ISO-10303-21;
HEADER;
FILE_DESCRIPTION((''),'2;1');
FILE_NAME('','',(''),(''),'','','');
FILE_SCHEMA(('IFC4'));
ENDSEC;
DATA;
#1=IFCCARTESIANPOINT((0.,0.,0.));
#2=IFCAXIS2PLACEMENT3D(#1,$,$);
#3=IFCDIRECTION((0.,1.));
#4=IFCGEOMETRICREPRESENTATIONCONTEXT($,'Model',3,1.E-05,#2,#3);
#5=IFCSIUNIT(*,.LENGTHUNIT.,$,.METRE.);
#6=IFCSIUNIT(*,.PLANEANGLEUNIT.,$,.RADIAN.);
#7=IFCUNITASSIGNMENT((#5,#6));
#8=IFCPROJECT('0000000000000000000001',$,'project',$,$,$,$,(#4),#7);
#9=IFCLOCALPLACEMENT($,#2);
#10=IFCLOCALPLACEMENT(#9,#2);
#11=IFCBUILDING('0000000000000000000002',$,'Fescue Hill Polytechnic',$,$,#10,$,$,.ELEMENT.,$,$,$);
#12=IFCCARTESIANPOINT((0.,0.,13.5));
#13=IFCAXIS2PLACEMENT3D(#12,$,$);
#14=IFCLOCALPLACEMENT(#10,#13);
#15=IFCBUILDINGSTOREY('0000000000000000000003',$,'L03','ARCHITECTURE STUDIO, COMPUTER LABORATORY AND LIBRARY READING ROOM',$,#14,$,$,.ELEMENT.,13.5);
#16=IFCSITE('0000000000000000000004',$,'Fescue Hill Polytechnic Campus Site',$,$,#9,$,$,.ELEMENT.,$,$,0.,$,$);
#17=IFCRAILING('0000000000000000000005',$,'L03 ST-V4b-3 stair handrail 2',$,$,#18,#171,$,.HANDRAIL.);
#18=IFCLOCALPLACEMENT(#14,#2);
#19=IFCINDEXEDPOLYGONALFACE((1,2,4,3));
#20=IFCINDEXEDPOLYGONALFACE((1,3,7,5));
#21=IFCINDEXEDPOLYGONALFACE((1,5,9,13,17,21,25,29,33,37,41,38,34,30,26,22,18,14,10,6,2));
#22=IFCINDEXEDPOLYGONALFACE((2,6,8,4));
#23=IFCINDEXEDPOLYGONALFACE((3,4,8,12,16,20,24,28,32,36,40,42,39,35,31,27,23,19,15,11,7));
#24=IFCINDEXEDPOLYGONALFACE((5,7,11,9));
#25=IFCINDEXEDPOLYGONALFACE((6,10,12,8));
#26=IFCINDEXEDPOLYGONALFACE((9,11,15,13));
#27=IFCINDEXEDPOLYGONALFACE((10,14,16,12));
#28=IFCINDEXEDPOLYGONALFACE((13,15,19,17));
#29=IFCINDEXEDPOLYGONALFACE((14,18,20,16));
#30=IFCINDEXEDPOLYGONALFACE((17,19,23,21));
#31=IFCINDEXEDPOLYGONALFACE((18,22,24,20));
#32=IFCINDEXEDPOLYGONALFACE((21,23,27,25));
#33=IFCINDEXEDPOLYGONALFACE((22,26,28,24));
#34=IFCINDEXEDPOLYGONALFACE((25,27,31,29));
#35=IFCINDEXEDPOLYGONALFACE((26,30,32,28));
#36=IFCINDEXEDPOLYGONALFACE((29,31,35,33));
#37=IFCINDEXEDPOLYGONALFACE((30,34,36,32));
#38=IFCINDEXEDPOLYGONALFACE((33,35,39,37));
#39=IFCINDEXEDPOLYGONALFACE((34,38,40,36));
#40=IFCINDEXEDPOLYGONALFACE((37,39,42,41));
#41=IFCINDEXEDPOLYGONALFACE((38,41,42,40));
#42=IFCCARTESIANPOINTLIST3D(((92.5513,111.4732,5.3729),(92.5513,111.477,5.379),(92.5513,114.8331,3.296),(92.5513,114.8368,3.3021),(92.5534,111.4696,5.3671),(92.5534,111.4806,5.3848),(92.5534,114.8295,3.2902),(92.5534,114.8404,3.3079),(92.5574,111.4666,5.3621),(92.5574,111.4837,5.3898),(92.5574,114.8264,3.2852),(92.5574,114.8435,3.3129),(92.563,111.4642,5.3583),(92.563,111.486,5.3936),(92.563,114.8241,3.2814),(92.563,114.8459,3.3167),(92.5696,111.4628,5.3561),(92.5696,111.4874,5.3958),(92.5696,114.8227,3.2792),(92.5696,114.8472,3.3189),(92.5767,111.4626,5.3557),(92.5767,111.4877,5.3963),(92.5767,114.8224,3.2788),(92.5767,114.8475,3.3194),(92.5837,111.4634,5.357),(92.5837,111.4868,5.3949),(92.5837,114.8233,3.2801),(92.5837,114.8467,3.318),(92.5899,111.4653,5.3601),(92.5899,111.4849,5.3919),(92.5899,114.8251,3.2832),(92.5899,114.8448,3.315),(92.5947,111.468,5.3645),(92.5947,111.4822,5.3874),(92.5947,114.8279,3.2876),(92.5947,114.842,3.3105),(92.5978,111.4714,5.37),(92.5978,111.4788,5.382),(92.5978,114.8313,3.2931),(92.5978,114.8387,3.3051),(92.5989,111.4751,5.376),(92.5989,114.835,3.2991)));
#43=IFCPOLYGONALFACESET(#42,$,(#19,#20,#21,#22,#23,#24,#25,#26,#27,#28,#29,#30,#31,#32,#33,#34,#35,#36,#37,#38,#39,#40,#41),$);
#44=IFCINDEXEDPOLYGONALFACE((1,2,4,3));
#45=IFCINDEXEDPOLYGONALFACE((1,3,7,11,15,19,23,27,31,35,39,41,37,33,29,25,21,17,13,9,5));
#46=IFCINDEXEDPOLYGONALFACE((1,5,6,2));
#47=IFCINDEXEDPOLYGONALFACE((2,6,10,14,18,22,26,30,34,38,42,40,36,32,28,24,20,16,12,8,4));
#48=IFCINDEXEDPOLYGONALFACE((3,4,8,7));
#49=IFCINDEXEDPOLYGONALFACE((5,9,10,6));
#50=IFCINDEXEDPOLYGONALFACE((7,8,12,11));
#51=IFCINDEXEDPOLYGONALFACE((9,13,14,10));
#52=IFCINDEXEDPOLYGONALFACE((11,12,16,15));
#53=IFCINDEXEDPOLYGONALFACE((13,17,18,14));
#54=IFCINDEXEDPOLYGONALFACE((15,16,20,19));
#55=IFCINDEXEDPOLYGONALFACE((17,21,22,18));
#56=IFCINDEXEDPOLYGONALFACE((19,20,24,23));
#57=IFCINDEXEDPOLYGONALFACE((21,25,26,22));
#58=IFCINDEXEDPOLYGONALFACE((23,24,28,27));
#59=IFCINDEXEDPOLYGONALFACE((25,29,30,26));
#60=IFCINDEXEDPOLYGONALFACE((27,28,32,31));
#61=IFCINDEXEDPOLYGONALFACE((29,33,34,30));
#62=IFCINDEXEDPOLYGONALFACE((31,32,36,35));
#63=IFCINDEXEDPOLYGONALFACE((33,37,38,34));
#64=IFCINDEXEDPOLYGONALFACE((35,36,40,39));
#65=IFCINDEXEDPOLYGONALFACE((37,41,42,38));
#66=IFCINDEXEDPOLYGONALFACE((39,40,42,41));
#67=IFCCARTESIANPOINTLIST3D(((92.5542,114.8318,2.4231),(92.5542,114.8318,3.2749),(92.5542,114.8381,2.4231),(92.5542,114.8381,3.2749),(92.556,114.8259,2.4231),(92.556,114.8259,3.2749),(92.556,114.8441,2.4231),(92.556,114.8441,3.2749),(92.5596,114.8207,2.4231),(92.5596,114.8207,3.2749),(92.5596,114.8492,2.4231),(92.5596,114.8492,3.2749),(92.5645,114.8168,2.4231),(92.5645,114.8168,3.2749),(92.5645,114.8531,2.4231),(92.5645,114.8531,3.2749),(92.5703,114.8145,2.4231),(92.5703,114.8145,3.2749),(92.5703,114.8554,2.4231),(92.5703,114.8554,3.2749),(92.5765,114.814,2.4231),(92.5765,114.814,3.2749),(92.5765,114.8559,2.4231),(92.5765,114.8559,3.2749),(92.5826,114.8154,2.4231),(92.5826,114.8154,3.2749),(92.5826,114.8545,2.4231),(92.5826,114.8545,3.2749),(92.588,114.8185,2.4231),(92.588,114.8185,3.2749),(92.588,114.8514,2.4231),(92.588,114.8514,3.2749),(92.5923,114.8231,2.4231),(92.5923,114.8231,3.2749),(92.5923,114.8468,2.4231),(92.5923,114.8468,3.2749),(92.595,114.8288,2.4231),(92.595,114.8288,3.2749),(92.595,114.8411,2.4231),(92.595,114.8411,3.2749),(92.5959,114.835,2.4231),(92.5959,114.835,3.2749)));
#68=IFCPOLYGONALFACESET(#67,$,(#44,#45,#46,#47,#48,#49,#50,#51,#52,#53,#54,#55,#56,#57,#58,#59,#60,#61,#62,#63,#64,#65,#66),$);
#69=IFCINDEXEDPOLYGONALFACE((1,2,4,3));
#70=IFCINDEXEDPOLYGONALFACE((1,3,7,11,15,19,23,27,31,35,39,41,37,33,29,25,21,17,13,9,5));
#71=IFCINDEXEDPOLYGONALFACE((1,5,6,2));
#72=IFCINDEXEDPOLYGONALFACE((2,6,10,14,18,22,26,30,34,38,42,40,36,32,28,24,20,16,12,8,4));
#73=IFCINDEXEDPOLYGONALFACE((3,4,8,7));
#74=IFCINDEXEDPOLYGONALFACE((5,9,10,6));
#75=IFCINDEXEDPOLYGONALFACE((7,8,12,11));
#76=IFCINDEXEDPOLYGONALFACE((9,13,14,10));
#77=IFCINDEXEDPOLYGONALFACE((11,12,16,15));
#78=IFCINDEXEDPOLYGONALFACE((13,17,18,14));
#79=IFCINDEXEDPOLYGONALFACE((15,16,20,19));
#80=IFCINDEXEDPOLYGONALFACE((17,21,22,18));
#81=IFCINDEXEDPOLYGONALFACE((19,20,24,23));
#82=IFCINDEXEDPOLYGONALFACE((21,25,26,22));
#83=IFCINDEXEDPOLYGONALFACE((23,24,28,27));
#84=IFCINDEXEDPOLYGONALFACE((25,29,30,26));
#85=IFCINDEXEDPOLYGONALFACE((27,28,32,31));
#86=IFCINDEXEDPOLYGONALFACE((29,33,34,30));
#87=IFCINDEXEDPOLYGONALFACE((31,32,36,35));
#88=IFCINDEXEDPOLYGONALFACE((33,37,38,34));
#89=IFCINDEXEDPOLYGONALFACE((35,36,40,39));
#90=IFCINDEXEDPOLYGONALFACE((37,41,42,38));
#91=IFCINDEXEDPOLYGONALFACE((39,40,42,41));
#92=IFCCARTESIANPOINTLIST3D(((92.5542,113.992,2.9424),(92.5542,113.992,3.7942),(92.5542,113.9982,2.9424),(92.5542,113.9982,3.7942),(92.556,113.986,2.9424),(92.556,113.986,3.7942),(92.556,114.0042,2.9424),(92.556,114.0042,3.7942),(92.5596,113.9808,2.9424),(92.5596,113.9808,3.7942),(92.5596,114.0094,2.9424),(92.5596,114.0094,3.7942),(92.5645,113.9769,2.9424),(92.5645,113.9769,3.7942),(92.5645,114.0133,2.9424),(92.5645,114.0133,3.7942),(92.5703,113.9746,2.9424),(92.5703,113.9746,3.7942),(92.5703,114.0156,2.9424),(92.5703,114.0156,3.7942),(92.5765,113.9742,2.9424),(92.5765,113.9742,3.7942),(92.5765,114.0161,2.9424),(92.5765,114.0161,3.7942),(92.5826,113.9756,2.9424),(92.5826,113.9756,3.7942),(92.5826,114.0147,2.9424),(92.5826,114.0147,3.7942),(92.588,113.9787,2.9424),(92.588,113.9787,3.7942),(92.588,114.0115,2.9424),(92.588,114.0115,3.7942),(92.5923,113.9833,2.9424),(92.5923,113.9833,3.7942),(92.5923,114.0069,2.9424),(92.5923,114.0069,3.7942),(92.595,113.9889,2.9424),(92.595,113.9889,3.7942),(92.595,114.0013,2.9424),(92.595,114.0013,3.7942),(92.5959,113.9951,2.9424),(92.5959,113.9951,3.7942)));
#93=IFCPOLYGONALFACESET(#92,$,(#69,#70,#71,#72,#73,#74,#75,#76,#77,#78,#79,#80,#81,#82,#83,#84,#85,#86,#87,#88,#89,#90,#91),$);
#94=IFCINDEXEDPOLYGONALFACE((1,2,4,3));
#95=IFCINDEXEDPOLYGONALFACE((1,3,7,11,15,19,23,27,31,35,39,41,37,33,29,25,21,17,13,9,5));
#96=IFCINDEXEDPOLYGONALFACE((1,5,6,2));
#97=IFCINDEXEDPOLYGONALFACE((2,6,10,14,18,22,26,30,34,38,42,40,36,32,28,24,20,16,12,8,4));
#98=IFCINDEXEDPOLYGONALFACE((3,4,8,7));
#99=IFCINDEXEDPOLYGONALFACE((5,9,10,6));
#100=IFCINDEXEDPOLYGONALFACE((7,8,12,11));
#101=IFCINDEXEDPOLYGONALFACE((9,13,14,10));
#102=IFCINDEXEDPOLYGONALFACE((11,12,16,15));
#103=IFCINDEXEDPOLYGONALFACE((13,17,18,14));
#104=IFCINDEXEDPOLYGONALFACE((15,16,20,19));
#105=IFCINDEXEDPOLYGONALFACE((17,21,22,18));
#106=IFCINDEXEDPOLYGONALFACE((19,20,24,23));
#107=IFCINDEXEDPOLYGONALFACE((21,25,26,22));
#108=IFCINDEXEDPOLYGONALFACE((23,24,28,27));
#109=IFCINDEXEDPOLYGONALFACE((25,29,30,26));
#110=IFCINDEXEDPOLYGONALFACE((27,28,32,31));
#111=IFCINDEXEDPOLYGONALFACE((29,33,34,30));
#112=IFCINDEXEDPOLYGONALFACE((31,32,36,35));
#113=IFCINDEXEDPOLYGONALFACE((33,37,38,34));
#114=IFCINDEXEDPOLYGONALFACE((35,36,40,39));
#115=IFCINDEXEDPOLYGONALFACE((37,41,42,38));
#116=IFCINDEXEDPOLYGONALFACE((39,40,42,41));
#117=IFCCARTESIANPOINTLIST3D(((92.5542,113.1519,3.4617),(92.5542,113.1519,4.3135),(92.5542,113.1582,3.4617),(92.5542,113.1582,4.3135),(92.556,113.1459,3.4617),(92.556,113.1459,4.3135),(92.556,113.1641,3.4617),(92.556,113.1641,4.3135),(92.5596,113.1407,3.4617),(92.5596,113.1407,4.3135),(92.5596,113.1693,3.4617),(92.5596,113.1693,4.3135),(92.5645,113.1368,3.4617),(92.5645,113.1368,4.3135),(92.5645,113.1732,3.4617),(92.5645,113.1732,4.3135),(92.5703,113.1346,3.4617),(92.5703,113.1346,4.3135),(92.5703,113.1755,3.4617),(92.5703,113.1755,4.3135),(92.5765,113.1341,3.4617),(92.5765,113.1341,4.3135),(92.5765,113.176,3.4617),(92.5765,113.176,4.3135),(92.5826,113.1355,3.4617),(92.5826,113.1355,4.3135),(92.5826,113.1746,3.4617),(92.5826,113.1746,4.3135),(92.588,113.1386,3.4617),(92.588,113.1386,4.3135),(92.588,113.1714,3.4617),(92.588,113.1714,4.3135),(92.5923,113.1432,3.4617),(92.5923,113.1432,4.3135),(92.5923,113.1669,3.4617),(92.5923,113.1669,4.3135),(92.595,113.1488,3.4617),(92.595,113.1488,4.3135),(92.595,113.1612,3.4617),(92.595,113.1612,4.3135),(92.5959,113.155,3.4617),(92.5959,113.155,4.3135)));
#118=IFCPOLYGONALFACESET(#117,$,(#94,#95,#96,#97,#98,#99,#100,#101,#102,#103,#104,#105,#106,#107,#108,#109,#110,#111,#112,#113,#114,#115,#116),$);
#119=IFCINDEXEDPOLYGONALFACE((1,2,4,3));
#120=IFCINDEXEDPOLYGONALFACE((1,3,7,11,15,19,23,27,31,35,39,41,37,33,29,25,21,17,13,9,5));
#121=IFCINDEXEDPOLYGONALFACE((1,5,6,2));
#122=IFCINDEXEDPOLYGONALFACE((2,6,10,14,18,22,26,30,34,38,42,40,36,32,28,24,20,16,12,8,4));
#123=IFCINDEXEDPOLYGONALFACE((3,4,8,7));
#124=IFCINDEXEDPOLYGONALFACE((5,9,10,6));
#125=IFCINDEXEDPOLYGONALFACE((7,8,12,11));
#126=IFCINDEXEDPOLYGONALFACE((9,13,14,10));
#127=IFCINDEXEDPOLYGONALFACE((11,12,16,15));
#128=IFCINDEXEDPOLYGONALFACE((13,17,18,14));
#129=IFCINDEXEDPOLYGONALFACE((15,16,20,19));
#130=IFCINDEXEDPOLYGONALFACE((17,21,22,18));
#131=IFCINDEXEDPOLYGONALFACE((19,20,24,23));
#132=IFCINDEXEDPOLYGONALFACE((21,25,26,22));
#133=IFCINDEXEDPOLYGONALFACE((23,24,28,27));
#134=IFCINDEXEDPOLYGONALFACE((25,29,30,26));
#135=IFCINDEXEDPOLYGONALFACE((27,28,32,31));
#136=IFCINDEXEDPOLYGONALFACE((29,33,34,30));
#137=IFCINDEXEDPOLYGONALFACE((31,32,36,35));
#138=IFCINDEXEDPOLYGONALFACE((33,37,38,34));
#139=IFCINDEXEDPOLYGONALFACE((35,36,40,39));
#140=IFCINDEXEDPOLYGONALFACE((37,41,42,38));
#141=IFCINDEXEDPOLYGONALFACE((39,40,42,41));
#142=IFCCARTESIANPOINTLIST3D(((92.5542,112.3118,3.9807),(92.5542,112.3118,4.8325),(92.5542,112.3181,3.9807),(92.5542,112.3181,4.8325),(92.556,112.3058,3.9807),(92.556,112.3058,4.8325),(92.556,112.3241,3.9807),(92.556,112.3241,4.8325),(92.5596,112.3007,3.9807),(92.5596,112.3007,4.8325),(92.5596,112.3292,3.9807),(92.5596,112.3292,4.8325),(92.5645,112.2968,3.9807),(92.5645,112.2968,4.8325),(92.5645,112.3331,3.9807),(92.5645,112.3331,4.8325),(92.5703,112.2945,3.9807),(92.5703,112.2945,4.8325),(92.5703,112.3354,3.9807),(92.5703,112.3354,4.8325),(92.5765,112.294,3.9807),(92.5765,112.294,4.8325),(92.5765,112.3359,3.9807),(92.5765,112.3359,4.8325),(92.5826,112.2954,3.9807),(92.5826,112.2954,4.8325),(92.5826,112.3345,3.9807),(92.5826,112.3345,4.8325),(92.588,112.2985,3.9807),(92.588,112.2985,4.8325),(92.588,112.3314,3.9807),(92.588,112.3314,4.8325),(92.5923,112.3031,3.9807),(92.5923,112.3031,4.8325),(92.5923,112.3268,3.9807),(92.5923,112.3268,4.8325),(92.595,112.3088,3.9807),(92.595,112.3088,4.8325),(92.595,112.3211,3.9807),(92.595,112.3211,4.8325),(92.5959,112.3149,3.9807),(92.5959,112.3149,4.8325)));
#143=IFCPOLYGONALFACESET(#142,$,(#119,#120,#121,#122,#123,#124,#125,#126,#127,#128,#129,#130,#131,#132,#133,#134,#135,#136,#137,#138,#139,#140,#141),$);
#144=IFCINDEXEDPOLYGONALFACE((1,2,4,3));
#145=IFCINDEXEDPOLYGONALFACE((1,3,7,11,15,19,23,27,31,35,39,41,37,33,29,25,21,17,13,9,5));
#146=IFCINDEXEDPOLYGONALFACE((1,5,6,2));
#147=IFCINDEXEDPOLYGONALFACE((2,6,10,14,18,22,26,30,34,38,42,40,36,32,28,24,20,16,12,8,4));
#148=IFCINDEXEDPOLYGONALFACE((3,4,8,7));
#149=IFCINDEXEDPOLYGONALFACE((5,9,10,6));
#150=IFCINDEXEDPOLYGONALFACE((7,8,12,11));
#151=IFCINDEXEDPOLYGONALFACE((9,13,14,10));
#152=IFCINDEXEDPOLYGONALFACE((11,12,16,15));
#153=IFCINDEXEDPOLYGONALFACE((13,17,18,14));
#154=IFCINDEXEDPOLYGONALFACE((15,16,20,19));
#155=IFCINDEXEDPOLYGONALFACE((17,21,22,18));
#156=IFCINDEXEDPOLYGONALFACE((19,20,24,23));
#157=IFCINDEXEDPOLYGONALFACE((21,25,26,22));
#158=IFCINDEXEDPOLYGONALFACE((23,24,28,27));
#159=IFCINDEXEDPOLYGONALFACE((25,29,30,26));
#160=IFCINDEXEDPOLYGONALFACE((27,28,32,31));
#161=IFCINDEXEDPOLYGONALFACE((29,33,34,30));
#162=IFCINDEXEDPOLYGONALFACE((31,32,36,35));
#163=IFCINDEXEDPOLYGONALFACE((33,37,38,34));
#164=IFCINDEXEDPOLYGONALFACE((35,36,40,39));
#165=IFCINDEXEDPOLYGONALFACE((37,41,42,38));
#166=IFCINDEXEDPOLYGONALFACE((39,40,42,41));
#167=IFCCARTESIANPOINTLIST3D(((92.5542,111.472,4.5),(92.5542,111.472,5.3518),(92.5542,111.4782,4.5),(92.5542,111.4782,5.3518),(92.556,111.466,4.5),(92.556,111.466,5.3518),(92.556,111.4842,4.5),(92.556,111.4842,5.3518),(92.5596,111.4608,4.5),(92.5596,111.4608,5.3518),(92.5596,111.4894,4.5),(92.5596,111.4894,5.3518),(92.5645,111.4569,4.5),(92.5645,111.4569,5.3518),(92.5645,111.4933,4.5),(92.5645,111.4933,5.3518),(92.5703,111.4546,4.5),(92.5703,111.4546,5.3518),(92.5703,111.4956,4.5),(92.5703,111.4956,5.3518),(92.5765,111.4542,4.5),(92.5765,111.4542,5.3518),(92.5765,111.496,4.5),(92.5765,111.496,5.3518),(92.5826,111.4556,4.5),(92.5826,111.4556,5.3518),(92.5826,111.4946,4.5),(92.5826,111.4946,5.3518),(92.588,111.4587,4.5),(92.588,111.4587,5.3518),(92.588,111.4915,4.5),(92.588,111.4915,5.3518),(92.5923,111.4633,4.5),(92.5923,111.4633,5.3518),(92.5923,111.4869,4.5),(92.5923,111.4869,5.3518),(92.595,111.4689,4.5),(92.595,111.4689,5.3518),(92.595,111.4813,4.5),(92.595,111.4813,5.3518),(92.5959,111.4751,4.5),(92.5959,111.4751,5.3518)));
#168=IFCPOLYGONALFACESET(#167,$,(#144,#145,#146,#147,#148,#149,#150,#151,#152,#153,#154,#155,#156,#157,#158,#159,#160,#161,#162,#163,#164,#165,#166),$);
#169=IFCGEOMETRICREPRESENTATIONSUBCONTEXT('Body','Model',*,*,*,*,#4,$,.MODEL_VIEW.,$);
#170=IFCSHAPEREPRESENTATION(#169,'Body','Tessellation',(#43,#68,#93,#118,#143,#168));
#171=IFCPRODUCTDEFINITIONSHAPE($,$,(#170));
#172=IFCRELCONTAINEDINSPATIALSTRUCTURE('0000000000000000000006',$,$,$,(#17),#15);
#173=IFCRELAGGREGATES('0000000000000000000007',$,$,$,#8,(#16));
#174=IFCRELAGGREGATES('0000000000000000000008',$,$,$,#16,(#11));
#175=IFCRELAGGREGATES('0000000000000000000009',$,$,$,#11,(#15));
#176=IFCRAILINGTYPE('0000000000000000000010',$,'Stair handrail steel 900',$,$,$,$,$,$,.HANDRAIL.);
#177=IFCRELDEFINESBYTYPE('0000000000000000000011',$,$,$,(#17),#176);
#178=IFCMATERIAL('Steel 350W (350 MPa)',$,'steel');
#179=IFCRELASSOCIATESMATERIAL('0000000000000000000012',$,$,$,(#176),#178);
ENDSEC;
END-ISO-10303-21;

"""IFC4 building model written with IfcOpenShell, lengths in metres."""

from ifc_helpers import new_model, si_unit, direction, frame, origin, origin_2d, place, context, subcontext, project, spatial, circle, extrude, material, type_object, element, save


model = new_model("IFC4")

# Units and contexts
model_context = context("Model", 3, precision=1e-05, world=origin(), true_north=direction((0.0, 1.0)))
body_context = subcontext(model_context, "Body", "Model", "MODEL_VIEW")
ifc_project = project(units=[si_unit("LENGTHUNIT", "METRE"), si_unit("PLANEANGLEUNIT", "RADIAN")], contexts=[model_context])

# Site, building, storey
site_placement = place(None, origin())
site = spatial("IfcSite", under=ifc_project, at=site_placement, Name="Fescue Hill Polytechnic Campus Site", CompositionType="ELEMENT", RefElevation=0.0)
building_placement = place(site_placement, origin())
building = spatial("IfcBuilding", under=site, at=building_placement, Name="Fescue Hill Polytechnic", CompositionType="ELEMENT")
storey_placement = place(building_placement, frame((0.0, 0.0, 13.5)))
storey = spatial("IfcBuildingStorey", under=building, at=storey_placement, Name="L03", Description="ARCHITECTURE STUDIO, COMPUTER LABORATORY AND LIBRARY READING ROOM", CompositionType="ELEMENT", Elevation=13.5)

# Railing
ifc_material_1 = material(Name="Steel 350W (350 MPa)", Category="steel")
railing_type_1 = type_object("IfcRailingType", Name="Stair handrail steel 900", PredefinedType="HANDRAIL", material=ifc_material_1)
for number, where, name in (
    (1, (92.575, 114.835, 2.4231), "L03 ST-V4b-3 stair handrail 2"),
):
    element("IfcRailing", number, at=place(storey_placement, frame(where)), inside=storey, type_object=railing_type_1, Name=name, PredefinedType="HANDRAIL", context=body_context, shape_type="SweptSolid", body=[
        extrude(circle(Radius=0.0239, at=origin_2d()), frame((0.0, 0.0, 0.876), z_axis=(0.0, -0.850606, 0.525803), x_axis=(1.0, 0.0, 0.0)), (0.0, 0.0, 1.0), 3.95),
        extrude(circle(Radius=0.021, at=origin_2d()), origin(), (0.0, 0.0, 1.0), 0.8518),
        extrude(circle(Radius=0.021, at=origin_2d()), frame((0.0, -0.8398, 0.5193)), (0.0, 0.0, 1.0), 0.8518),
        extrude(circle(Radius=0.021, at=origin_2d()), frame((0.0, -1.6799, 1.0386)), (0.0, 0.0, 1.0), 0.8518),
        extrude(circle(Radius=0.021, at=origin_2d()), frame((0.0, -2.52, 1.5576)), (0.0, 0.0, 1.0), 0.8518),
        extrude(circle(Radius=0.021, at=origin_2d()), frame((0.0, -3.3599, 2.0769)), (0.0, 0.0, 1.0), 0.8518),
    ])

save(model, "model.ifc")
